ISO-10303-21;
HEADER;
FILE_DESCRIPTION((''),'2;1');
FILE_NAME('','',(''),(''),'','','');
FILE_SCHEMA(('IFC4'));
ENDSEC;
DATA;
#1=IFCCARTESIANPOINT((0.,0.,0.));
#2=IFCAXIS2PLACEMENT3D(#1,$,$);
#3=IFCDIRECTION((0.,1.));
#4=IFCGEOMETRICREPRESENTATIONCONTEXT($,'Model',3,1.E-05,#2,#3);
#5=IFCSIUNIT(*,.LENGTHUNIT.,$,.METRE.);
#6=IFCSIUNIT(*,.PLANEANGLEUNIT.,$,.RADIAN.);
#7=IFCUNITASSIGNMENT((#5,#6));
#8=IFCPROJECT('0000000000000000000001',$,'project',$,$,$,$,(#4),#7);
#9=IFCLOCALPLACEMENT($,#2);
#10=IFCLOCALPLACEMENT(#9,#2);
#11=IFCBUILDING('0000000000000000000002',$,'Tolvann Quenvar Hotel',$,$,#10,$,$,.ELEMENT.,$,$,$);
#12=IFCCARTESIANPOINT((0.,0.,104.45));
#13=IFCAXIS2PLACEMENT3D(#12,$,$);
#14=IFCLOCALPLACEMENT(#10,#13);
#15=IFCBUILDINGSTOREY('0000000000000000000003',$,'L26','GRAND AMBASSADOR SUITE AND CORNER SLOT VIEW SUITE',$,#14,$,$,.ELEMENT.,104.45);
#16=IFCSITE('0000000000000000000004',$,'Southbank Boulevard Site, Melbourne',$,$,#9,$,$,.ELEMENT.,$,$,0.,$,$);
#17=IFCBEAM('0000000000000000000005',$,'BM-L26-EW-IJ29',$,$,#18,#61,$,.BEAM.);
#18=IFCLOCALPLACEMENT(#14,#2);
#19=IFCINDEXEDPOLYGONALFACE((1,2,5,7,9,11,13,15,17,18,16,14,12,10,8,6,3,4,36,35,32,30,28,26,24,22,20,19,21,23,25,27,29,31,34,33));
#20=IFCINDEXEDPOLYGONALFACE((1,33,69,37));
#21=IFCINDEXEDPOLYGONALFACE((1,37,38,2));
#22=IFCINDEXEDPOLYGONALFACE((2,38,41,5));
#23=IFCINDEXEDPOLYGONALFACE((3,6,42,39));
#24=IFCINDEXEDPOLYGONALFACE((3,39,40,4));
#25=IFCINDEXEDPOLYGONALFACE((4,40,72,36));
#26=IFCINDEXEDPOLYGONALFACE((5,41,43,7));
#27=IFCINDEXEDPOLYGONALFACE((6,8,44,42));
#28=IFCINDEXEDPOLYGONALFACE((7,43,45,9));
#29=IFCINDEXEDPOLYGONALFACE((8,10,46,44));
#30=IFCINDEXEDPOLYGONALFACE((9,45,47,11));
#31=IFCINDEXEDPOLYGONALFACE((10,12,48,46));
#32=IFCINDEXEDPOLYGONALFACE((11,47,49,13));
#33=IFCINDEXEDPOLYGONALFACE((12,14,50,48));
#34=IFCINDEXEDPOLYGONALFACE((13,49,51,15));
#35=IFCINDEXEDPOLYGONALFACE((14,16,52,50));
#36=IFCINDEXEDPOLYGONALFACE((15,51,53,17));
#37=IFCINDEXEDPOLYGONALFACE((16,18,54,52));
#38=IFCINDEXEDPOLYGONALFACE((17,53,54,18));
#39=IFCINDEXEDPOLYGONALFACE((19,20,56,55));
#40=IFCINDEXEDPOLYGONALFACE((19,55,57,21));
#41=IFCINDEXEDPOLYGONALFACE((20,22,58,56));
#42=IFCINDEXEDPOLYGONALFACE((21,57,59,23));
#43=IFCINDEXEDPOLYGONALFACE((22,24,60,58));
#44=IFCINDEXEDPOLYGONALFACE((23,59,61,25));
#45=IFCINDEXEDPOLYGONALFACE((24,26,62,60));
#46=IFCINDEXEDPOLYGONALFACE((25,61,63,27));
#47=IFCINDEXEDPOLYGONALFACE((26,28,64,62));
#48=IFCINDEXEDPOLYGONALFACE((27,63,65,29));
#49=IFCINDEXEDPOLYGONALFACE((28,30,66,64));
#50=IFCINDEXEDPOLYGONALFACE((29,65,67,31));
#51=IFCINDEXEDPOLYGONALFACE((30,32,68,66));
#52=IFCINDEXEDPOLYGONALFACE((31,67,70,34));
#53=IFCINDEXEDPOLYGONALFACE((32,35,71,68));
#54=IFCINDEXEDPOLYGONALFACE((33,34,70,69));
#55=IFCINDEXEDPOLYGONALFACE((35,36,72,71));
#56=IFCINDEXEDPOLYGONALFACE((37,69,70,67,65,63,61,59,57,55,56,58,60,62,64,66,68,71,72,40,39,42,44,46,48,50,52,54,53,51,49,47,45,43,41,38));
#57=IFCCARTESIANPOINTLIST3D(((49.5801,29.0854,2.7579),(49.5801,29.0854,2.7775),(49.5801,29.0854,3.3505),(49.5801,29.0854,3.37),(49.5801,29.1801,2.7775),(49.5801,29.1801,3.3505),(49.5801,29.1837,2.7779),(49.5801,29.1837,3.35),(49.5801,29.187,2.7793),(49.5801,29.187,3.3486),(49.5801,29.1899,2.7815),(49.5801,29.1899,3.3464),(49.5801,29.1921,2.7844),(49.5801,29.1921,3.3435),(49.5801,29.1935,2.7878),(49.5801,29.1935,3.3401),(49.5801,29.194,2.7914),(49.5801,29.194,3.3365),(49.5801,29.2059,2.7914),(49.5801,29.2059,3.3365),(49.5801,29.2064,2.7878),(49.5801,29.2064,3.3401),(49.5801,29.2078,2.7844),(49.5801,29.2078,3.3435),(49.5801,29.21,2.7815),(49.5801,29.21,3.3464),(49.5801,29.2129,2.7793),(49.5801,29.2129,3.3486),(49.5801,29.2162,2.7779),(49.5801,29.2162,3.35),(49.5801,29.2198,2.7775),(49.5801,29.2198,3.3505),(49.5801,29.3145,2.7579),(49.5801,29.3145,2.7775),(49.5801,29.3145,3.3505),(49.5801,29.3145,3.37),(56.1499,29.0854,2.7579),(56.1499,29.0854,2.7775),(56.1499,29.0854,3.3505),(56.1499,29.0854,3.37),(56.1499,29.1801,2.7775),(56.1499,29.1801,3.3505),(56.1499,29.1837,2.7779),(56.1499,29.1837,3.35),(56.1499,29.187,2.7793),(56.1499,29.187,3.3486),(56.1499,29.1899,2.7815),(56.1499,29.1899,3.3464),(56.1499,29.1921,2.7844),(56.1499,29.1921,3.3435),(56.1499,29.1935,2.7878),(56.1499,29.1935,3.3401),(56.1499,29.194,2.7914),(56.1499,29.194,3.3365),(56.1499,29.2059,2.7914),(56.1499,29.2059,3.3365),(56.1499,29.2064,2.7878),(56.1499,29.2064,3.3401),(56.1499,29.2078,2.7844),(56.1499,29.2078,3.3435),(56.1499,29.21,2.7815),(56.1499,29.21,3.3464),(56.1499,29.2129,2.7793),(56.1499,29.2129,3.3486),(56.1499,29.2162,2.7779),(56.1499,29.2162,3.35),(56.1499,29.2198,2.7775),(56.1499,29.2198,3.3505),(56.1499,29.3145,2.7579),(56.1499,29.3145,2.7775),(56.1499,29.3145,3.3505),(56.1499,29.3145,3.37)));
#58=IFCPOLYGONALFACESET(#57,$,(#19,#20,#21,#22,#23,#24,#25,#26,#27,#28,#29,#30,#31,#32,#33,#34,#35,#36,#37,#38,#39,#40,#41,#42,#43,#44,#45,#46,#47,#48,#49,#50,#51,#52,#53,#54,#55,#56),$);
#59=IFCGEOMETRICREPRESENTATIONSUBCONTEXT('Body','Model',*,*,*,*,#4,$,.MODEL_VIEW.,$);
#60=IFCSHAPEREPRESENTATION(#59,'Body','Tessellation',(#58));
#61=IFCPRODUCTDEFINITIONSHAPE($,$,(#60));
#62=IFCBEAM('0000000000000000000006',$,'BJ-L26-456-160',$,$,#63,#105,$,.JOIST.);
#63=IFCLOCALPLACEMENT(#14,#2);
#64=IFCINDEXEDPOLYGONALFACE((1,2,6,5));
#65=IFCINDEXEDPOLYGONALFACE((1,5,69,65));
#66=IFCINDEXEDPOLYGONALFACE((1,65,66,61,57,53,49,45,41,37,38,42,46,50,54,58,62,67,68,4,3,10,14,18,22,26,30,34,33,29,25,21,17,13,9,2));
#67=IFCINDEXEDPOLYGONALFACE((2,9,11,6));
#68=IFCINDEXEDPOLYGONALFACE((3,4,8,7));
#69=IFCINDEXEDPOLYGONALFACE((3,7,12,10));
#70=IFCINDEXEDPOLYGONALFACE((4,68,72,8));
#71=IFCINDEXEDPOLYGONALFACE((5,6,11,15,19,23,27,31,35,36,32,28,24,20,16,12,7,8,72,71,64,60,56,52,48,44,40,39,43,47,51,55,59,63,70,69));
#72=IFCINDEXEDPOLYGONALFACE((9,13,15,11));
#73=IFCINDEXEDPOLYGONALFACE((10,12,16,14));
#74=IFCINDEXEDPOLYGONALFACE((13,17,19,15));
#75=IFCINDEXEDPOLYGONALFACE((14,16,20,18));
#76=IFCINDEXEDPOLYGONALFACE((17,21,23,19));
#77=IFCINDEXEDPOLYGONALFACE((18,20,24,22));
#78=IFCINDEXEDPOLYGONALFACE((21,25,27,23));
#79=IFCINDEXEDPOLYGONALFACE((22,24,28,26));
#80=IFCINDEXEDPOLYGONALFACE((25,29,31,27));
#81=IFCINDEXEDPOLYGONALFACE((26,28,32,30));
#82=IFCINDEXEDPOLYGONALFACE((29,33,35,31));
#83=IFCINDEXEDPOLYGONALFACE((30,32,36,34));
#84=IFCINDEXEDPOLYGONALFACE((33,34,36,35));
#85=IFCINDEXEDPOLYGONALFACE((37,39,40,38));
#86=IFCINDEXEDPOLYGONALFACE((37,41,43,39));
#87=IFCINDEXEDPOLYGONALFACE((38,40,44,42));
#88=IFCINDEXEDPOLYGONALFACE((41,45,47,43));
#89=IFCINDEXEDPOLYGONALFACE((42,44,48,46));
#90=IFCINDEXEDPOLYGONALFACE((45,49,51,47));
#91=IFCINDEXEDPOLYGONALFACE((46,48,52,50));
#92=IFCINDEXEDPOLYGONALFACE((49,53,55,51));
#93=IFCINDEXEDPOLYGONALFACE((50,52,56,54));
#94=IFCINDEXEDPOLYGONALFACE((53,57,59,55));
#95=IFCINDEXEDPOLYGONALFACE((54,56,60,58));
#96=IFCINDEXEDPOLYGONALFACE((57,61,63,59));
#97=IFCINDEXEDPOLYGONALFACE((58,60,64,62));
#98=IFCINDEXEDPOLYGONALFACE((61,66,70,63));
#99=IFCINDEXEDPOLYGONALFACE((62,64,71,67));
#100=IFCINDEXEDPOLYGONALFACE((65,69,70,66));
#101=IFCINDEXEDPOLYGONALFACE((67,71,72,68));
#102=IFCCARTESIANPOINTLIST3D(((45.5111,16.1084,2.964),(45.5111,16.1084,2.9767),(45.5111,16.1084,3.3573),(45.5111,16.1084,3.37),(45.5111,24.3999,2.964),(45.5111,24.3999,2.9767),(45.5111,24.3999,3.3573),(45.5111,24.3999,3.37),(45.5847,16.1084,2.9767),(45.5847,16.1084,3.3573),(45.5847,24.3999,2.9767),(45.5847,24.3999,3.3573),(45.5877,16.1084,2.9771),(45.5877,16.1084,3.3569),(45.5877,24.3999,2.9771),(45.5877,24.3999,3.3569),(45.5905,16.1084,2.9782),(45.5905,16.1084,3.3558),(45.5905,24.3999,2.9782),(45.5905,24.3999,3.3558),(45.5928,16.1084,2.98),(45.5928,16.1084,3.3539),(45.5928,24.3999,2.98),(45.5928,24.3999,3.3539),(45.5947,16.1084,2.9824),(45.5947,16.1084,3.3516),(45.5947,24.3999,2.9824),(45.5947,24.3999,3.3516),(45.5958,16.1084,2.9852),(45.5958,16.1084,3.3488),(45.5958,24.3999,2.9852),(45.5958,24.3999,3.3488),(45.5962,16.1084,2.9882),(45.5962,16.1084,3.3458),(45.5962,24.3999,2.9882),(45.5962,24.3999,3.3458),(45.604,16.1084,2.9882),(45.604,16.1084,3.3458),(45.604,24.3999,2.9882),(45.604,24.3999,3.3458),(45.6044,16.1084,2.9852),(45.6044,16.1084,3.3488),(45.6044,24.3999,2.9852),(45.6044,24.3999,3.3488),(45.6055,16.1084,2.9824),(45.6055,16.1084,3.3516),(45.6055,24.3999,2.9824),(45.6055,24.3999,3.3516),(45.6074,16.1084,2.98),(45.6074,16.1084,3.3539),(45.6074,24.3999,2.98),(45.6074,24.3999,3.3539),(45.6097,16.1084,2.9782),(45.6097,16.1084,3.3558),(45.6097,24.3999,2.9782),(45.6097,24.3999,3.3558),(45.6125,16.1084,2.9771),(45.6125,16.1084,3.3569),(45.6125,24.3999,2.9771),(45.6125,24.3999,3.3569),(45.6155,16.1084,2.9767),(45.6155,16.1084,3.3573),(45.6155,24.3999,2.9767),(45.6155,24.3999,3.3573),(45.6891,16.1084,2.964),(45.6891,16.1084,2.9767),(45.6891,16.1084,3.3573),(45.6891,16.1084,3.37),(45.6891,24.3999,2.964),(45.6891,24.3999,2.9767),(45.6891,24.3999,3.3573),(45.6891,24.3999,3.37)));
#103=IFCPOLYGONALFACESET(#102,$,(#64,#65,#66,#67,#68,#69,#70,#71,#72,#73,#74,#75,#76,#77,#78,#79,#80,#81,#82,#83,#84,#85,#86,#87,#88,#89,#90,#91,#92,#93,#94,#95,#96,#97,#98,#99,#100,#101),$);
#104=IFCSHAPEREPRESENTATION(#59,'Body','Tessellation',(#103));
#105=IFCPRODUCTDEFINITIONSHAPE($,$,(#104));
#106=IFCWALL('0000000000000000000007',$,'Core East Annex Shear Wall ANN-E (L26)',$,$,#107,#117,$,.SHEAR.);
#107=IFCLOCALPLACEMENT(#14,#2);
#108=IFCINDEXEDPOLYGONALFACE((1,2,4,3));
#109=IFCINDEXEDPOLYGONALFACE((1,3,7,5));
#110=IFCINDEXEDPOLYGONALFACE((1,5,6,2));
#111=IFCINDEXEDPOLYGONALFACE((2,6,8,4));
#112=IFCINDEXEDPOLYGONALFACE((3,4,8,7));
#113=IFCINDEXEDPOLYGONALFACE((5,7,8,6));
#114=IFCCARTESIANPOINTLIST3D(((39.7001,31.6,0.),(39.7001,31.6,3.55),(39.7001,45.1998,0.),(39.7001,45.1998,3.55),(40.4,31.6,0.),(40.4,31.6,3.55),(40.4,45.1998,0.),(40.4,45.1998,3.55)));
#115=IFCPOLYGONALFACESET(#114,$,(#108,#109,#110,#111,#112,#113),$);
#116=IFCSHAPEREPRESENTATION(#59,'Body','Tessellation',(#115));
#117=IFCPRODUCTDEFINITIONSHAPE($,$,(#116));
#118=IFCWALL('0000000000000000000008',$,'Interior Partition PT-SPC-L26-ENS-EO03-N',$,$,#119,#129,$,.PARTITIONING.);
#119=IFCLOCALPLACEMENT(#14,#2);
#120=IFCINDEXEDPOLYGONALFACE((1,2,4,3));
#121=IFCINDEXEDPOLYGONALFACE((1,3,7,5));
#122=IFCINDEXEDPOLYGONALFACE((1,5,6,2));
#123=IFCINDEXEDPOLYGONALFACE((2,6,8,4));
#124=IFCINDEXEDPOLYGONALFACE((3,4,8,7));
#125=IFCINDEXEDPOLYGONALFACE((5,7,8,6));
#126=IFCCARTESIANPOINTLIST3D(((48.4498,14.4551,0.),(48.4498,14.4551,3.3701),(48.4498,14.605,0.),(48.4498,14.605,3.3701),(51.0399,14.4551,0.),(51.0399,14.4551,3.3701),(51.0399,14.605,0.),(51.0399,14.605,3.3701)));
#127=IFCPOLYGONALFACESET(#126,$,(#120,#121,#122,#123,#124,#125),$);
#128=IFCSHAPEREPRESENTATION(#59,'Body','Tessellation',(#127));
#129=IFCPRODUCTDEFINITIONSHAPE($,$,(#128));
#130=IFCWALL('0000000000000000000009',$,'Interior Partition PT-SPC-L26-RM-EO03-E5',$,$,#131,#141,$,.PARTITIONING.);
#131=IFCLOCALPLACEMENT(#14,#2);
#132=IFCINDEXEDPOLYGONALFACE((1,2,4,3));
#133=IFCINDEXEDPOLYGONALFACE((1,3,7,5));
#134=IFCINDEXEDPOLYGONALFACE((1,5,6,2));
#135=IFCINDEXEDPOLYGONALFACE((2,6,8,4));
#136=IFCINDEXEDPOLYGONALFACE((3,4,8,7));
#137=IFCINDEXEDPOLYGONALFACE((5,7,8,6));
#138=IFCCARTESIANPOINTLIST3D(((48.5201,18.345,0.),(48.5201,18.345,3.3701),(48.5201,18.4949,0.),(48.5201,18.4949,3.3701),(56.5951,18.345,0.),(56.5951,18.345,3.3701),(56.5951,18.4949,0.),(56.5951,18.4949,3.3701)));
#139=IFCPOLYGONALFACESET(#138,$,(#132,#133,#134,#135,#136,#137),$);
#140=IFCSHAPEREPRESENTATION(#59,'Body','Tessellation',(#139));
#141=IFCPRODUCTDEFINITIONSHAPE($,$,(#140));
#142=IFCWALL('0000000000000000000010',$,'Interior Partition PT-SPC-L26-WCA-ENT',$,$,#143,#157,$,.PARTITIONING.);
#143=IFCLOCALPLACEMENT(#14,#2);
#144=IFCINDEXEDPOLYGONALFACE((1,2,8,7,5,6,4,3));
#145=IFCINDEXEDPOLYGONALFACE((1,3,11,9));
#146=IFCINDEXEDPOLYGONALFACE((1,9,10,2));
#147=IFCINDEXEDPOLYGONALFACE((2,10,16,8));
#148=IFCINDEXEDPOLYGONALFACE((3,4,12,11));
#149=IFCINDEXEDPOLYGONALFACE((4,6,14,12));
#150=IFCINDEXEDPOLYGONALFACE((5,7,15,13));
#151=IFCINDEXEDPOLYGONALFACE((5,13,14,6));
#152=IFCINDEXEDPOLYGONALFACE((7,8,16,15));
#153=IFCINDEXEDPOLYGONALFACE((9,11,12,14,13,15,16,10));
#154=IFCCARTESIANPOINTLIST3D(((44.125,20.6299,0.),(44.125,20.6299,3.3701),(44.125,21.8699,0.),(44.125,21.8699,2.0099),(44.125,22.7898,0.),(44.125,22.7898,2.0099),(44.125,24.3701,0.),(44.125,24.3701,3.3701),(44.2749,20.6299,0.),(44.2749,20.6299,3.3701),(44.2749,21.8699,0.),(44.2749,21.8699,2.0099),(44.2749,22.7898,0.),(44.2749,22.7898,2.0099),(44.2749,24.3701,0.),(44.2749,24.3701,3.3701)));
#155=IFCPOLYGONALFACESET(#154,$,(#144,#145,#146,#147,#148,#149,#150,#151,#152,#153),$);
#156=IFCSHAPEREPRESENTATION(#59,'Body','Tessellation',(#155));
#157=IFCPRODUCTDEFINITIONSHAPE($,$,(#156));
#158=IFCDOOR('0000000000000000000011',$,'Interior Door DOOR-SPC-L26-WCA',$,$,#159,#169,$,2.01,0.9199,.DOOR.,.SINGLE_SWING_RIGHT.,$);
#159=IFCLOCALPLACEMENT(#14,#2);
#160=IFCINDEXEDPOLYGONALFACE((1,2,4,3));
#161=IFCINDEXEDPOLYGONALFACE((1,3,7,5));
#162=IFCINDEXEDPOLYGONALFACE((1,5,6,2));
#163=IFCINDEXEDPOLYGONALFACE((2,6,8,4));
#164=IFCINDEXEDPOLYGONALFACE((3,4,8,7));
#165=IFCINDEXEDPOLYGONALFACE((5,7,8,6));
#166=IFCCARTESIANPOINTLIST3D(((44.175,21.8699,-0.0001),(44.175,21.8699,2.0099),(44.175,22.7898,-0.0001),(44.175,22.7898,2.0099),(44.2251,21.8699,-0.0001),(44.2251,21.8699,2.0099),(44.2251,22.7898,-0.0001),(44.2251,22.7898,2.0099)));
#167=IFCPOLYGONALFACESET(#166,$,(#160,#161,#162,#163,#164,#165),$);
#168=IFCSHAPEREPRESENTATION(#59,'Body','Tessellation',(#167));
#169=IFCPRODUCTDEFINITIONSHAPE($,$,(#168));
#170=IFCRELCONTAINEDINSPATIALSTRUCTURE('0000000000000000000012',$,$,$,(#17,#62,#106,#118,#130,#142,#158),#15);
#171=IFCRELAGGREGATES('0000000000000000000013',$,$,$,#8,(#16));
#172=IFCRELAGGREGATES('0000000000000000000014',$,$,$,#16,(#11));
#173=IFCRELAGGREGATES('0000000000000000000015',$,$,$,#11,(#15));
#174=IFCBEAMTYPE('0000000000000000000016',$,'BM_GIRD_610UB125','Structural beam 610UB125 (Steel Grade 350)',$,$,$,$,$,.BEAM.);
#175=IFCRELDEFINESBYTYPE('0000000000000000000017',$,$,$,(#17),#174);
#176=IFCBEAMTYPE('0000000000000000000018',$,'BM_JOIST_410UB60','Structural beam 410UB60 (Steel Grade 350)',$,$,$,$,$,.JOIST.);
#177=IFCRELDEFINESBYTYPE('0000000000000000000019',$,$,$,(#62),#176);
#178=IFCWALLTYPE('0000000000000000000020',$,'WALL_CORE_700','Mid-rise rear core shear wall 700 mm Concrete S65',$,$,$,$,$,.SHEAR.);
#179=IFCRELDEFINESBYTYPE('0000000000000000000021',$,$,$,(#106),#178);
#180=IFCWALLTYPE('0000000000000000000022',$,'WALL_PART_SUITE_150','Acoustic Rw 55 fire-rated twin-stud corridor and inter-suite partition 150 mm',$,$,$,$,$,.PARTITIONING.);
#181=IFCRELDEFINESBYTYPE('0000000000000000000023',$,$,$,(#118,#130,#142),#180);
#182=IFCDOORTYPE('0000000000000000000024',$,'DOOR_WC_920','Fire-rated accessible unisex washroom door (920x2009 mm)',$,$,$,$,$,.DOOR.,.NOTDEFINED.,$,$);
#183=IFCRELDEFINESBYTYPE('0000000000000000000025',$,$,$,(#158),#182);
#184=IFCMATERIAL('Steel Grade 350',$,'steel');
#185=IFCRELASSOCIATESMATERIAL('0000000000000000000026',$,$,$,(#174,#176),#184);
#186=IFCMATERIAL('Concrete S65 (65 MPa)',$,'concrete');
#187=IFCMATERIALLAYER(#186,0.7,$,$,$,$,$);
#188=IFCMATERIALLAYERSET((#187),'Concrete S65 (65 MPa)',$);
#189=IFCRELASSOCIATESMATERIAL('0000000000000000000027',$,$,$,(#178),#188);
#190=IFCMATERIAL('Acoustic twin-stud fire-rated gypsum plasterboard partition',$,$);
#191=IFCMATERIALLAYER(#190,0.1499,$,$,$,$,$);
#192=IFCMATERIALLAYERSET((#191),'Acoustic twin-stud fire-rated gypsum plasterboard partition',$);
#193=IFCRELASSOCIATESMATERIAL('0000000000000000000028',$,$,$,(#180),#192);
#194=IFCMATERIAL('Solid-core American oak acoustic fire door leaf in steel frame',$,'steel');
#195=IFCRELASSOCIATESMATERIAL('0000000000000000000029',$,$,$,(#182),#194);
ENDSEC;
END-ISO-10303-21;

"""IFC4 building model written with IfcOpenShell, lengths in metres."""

from ifc_helpers import new_model, si_unit, direction, frame, frame_2d, origin, origin_2d, place, context, subcontext, project, spatial, rectangle, i_section, extrude, source, transform, mapped, material, layer, layer_set, material_profile, profile_set, type_object, type_shapes, element, fill, save


model = new_model("IFC4")

# Units and contexts
model_context = context("Model", 3, precision=1e-05, world=origin(), true_north=direction((0.0, 1.0)))
body_context = subcontext(model_context, "Body", "Model", "MODEL_VIEW")
ifc_project = project(units=[si_unit("LENGTHUNIT", "METRE"), si_unit("PLANEANGLEUNIT", "RADIAN")], contexts=[model_context])

# Site, building, storey
site_placement = place(None, origin())
site = spatial("IfcSite", under=ifc_project, at=site_placement, Name="Southbank Boulevard Site, Melbourne", CompositionType="ELEMENT", RefElevation=0.0)
building_placement = place(site_placement, origin())
building = spatial("IfcBuilding", under=site, at=building_placement, Name="Tolvann Quenvar Hotel", CompositionType="ELEMENT")
storey_placement = place(building_placement, frame((0.0, 0.0, 104.45)))
storey = spatial("IfcBuildingStorey", under=building, at=storey_placement, Name="L26", Description="GRAND AMBASSADOR SUITE AND CORNER SLOT VIEW SUITE", CompositionType="ELEMENT", Elevation=104.45)

# Shared definitions
ifc_material_1 = material(Name="Concrete S65 (65 MPa)", Category="concrete")
ifc_material_2 = material(Name="Steel Grade 350", Category="steel")

# Beams
ifc_material_profile_1 = material_profile(ifc_material_2, i_section(OverallWidth=0.229, OverallDepth=0.6121, WebThickness=0.012, FlangeThickness=0.0195, FilletRadius=0.0139, at=origin_2d()), Name="610UB125")
ifc_profile_set_1 = profile_set([ifc_material_profile_1], Name="Steel Grade 350")
beam_type_1 = type_object("IfcBeamType", Name="BM_GIRD_610UB125", Description="Structural beam 610UB125 (Steel Grade 350)", PredefinedType="BEAM", material=ifc_profile_set_1)
shared_shape_1 = source(origin(), body_context, "Body", "SweptSolid", [
    extrude(i_section(OverallWidth=0.229, OverallDepth=0.6121, WebThickness=0.012, FlangeThickness=0.0195, FilletRadius=0.0139, at=origin_2d()), origin(), (0.0, 0.0, 1.0), 6.5698),
])
beam_1_placement = place(storey_placement, frame((49.5801, 29.2, 3.064), z_axis=(1.0, 0.0, 0.0), x_axis=(0.0, 1.0, 0.0)))
element("IfcBeam", 1, at=beam_1_placement, inside=storey, type_object=beam_type_1, Name="BM-L26-EW-IJ29", PredefinedType="BEAM", context=body_context, shape_type="MappedRepresentation", body=[
    mapped(shared_shape_1, transform((0.0, 0.0, 0.0), x_axis=(1.0, 0.0, 0.0), y_axis=(0.0, 1.0, 0.0), z_axis=(0.0, 0.0, 1.0), scale=1.0)),
])
ifc_material_profile_2 = material_profile(ifc_material_2, i_section(OverallWidth=0.178, OverallDepth=0.406, WebThickness=0.0078, FlangeThickness=0.0127, FilletRadius=0.0115, at=origin_2d()), Name="410UB60")
ifc_profile_set_2 = profile_set([ifc_material_profile_2], Name="Steel Grade 350")
beam_type_2 = type_object("IfcBeamType", Name="BM_JOIST_410UB60", Description="Structural beam 410UB60 (Steel Grade 350)", PredefinedType="JOIST", material=ifc_profile_set_2)
shared_shape_2 = source(origin(), body_context, "Body", "SweptSolid", [
    extrude(i_section(OverallWidth=0.178, OverallDepth=0.406, WebThickness=0.0078, FlangeThickness=0.0127, FilletRadius=0.0115, at=origin_2d()), origin(), (0.0, 0.0, 1.0), 8.2915),
])
type_shapes(beam_type_2, [shared_shape_2])
beam_2_placement = place(storey_placement, frame((45.6001, 16.1084, 3.167), z_axis=(0.0, 1.0, 0.0), x_axis=(-1.0, 0.0, 0.0)))
element("IfcBeam", 2, at=beam_2_placement, inside=storey, type_object=beam_type_2, Name="BJ-L26-456-160", PredefinedType="JOIST", context=body_context, shape_type="MappedRepresentation", body=[
    mapped(shared_shape_2, transform((0.0, 0.0, 0.0), x_axis=(1.0, 0.0, 0.0), y_axis=(0.0, 1.0, 0.0), z_axis=(0.0, 0.0, 1.0), scale=1.0)),
])

# Walls
ifc_layer_1 = layer(ifc_material_1, 0.7)
ifc_layer_set_1 = layer_set([ifc_layer_1], Name="Concrete S65 (65 MPa)")
wall_type_1 = type_object("IfcWallType", Name="WALL_CORE_700", Description="Mid-rise rear core shear wall 700 mm Concrete S65", PredefinedType="SHEAR", material=ifc_layer_set_1)
wall_1_placement = place(storey_placement, frame((40.05, 31.6001, 0.0), z_axis=(0.0, 0.0, 1.0), x_axis=(0.0, 1.0, 0.0)))
element("IfcWall", 3, at=wall_1_placement, inside=storey, type_object=wall_type_1, Name="Core East Annex Shear Wall ANN-E (L26)", PredefinedType="SHEAR", context=body_context, shape_type="SweptSolid", body=[
    extrude(rectangle(XDim=13.5999, YDim=0.7, at=frame_2d((6.7998, 0.0))), origin(), (0.0, 0.0, 1.0), 3.55),
])
ifc_material_3 = material(Name="Acoustic twin-stud fire-rated gypsum plasterboard partition")
ifc_layer_2 = layer(ifc_material_3, 0.1499)
ifc_layer_set_2 = layer_set([ifc_layer_2], Name="Acoustic twin-stud fire-rated gypsum plasterboard partition")
wall_type_2 = type_object("IfcWallType", Name="WALL_PART_SUITE_150", Description="Acoustic Rw 55 fire-rated twin-stud corridor and inter-suite partition 150 mm", PredefinedType="PARTITIONING", material=ifc_layer_set_2)
wall_2_placement = place(storey_placement, frame((48.45, 14.53, 0.0), z_axis=(0.0, 0.0, 1.0), x_axis=(1.0, 0.0, 0.0)))
element("IfcWall", 4, at=wall_2_placement, inside=storey, type_object=wall_type_2, Name="Interior Partition PT-SPC-L26-ENS-EO03-N", PredefinedType="PARTITIONING", context=body_context, shape_type="SweptSolid", body=[
    extrude(rectangle(XDim=2.5901, YDim=0.1499, at=frame_2d((1.2949, 0.0))), origin(), (0.0, 0.0, 1.0), 3.3701),
])

# Shared definitions
ifc_material_4 = material(Name="Solid-core American oak acoustic fire door leaf in steel frame", Category="steel")

# Wall
wall_3_placement = place(storey_placement, frame((48.52, 18.4199, 0.0), z_axis=(0.0, 0.0, 1.0), x_axis=(1.0, 0.0, 0.0)))
element("IfcWall", 5, at=wall_3_placement, inside=storey, type_object=wall_type_2, Name="Interior Partition PT-SPC-L26-RM-EO03-E5", PredefinedType="PARTITIONING", context=body_context, shape_type="SweptSolid", body=[
    extrude(rectangle(XDim=8.075, YDim=0.1499, at=frame_2d((4.0376, 0.0))), origin(), (0.0, 0.0, 1.0), 3.3701),
])

# Wall, opening, door
wall_4_placement = place(storey_placement, frame((44.2, 20.6299, 0.0), z_axis=(0.0, 0.0, 1.0), x_axis=(0.0, 1.0, 0.0)))
wall_4 = element("IfcWall", 6, at=wall_4_placement, inside=storey, type_object=wall_type_2, Name="Interior Partition PT-SPC-L26-WCA-ENT", PredefinedType="PARTITIONING", context=body_context, shape_type="SweptSolid", body=[
    extrude(rectangle(XDim=3.7402, YDim=0.1499, at=frame_2d((1.8701, 0.0))), origin(), (0.0, 0.0, 1.0), 3.3701),
])
opening_1_placement = place(wall_4_placement, frame((1.24, 0.0, 0.0)))
opening_1 = element("IfcOpeningElement", 7, at=opening_1_placement, cuts=wall_4, PredefinedType="OPENING", context=body_context, shape_type="SweptSolid", body=[
    extrude(rectangle(XDim=0.9199, YDim=2.01, at=frame_2d((0.46, 1.0049))), frame((0.0, 0.085, 0.0), z_axis=(0.0, -1.0, 0.0), x_axis=(1.0, 0.0, 0.0)), (0.0, 0.0, 1.0), 0.1699),
])
door_type_1 = type_object("IfcDoorType", Name="DOOR_WC_920", Description="Fire-rated accessible unisex washroom door (920x2009 mm)", OperationType="NOTDEFINED", PredefinedType="DOOR", material=ifc_material_4)
shared_shape_3 = source(origin(), body_context, "Body", "SweptSolid", [
    extrude(rectangle(XDim=0.9199, YDim=2.01, at=frame_2d((0.46, 1.0049))), frame((0.0, 0.0249, 0.0), z_axis=(0.0, -1.0, 0.0), x_axis=(1.0, 0.0, 0.0)), (0.0, 0.0, 1.0), 0.05),
])
type_shapes(door_type_1, [shared_shape_3])
door_1_placement = place(opening_1_placement, origin())
door_1 = element("IfcDoor", 8, at=door_1_placement, inside=storey, type_object=door_type_1, Name="Interior Door DOOR-SPC-L26-WCA", OperationType="SINGLE_SWING_RIGHT", OverallHeight=2.01, OverallWidth=0.9199, PredefinedType="DOOR", context=body_context, shape_type="MappedRepresentation", body=[
    mapped(shared_shape_3, transform((0.0, 0.0, 0.0), x_axis=(1.0, 0.0, 0.0), y_axis=(0.0, 1.0, 0.0), z_axis=(0.0, 0.0, 1.0), scale=1.0)),
])
fill(opening_1, door_1)

save(model, "model.ifc")
